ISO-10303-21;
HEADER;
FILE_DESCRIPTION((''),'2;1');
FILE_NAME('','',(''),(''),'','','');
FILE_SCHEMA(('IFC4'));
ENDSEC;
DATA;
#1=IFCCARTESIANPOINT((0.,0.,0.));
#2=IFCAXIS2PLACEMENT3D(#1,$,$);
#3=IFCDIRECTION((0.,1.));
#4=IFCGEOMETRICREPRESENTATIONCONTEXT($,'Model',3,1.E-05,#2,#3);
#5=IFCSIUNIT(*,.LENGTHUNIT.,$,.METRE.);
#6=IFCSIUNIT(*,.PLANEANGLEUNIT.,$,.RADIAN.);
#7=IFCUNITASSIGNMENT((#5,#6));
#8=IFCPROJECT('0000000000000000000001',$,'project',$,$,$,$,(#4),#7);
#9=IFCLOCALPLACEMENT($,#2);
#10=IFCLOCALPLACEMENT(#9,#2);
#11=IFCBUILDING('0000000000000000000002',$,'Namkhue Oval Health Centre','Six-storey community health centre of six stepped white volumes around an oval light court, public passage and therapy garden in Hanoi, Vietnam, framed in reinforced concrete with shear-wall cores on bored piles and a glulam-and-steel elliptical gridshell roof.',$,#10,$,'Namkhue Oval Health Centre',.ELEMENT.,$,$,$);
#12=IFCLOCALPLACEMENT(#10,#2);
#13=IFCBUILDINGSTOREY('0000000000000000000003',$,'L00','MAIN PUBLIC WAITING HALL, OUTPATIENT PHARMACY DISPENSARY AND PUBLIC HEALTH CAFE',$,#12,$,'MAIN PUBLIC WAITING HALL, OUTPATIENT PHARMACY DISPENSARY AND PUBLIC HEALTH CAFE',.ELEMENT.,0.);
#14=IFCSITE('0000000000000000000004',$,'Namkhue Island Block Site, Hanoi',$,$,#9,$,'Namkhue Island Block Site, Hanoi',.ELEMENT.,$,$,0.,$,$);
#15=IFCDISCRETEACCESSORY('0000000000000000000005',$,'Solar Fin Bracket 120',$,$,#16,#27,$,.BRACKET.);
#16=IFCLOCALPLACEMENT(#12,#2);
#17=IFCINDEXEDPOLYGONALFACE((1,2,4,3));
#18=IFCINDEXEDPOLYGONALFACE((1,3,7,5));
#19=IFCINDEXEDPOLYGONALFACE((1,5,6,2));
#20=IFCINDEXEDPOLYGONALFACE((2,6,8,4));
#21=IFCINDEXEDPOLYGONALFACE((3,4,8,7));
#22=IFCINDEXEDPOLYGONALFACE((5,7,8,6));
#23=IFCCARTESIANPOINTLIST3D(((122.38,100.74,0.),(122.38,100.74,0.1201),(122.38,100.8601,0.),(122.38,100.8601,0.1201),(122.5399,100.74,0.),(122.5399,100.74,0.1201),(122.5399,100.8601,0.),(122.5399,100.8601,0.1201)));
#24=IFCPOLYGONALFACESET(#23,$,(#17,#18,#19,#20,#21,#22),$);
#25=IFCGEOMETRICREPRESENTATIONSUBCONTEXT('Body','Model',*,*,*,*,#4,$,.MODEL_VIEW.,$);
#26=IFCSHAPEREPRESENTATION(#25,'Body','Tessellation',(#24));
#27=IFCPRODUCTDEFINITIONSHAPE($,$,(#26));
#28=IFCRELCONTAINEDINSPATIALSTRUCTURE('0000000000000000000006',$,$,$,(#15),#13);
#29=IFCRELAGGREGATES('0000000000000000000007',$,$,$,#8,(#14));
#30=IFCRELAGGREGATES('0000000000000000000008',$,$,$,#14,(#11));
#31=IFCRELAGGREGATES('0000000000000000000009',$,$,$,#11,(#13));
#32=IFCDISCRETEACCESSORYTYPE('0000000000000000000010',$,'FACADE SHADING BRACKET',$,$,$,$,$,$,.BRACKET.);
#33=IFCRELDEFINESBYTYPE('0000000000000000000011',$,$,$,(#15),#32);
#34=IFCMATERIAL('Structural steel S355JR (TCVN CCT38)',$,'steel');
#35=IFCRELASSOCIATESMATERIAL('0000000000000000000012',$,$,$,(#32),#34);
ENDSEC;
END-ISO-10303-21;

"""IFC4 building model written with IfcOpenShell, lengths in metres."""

from ifc_helpers import new_model, si_unit, direction, frame, origin, origin_2d, place, context, subcontext, project, spatial, rectangle, extrude, material, type_object, element, save


model = new_model("IFC4")

# Units and contexts
model_context = context("Model", 3, precision=1e-05, world=origin(), true_north=direction((0.0, 1.0)))
body_context = subcontext(model_context, "Body", "Model", "MODEL_VIEW")
ifc_project = project(units=[si_unit("LENGTHUNIT", "METRE"), si_unit("PLANEANGLEUNIT", "RADIAN")], contexts=[model_context])

# Site, building, storey
site_placement = place(None, origin())
site = spatial("IfcSite", under=ifc_project, at=site_placement, Name="Namkhue Island Block Site, Hanoi", LongName="Namkhue Island Block Site, Hanoi", CompositionType="ELEMENT", RefElevation=0.0)
building_placement = place(site_placement, origin())
building = spatial("IfcBuilding", under=site, at=building_placement, Name="Namkhue Oval Health Centre", Description="Six-storey community health centre of six stepped white volumes around an oval light court, public passage and therapy garden in Hanoi, Vietnam, framed in reinforced concrete with shear-wall cores on bored piles and a glulam-and-steel elliptical gridshell roof.", LongName="Namkhue Oval Health Centre", CompositionType="ELEMENT")
storey_placement = place(building_placement, origin())
storey = spatial("IfcBuildingStorey", under=building, at=storey_placement, Name="L00", Description="MAIN PUBLIC WAITING HALL, OUTPATIENT PHARMACY DISPENSARY AND PUBLIC HEALTH CAFE", LongName="MAIN PUBLIC WAITING HALL, OUTPATIENT PHARMACY DISPENSARY AND PUBLIC HEALTH CAFE", CompositionType="ELEMENT", Elevation=0.0)

# Discrete accessory
ifc_material_1 = material(Name="Structural steel S355JR (TCVN CCT38)", Category="steel")
discrete_accessory_type = type_object("IfcDiscreteAccessoryType", Name="FACADE SHADING BRACKET", PredefinedType="BRACKET", material=ifc_material_1)
discrete_accessory_placement = place(storey_placement, frame((122.46, 100.8, 0.0), z_axis=(0.0, 0.0, 1.0), x_axis=(1.0, 0.0, 0.0)))
element("IfcDiscreteAccessory", 1, at=discrete_accessory_placement, inside=storey, type_object=discrete_accessory_type, Name="Solar Fin Bracket 120", PredefinedType="BRACKET", context=body_context, shape_type="SweptSolid", body=[
    extrude(rectangle(XDim=0.1599, YDim=0.1201, at=origin_2d()), origin(), (0.0, 0.0, 1.0), 0.1201),
])

save(model, "model.ifc")
